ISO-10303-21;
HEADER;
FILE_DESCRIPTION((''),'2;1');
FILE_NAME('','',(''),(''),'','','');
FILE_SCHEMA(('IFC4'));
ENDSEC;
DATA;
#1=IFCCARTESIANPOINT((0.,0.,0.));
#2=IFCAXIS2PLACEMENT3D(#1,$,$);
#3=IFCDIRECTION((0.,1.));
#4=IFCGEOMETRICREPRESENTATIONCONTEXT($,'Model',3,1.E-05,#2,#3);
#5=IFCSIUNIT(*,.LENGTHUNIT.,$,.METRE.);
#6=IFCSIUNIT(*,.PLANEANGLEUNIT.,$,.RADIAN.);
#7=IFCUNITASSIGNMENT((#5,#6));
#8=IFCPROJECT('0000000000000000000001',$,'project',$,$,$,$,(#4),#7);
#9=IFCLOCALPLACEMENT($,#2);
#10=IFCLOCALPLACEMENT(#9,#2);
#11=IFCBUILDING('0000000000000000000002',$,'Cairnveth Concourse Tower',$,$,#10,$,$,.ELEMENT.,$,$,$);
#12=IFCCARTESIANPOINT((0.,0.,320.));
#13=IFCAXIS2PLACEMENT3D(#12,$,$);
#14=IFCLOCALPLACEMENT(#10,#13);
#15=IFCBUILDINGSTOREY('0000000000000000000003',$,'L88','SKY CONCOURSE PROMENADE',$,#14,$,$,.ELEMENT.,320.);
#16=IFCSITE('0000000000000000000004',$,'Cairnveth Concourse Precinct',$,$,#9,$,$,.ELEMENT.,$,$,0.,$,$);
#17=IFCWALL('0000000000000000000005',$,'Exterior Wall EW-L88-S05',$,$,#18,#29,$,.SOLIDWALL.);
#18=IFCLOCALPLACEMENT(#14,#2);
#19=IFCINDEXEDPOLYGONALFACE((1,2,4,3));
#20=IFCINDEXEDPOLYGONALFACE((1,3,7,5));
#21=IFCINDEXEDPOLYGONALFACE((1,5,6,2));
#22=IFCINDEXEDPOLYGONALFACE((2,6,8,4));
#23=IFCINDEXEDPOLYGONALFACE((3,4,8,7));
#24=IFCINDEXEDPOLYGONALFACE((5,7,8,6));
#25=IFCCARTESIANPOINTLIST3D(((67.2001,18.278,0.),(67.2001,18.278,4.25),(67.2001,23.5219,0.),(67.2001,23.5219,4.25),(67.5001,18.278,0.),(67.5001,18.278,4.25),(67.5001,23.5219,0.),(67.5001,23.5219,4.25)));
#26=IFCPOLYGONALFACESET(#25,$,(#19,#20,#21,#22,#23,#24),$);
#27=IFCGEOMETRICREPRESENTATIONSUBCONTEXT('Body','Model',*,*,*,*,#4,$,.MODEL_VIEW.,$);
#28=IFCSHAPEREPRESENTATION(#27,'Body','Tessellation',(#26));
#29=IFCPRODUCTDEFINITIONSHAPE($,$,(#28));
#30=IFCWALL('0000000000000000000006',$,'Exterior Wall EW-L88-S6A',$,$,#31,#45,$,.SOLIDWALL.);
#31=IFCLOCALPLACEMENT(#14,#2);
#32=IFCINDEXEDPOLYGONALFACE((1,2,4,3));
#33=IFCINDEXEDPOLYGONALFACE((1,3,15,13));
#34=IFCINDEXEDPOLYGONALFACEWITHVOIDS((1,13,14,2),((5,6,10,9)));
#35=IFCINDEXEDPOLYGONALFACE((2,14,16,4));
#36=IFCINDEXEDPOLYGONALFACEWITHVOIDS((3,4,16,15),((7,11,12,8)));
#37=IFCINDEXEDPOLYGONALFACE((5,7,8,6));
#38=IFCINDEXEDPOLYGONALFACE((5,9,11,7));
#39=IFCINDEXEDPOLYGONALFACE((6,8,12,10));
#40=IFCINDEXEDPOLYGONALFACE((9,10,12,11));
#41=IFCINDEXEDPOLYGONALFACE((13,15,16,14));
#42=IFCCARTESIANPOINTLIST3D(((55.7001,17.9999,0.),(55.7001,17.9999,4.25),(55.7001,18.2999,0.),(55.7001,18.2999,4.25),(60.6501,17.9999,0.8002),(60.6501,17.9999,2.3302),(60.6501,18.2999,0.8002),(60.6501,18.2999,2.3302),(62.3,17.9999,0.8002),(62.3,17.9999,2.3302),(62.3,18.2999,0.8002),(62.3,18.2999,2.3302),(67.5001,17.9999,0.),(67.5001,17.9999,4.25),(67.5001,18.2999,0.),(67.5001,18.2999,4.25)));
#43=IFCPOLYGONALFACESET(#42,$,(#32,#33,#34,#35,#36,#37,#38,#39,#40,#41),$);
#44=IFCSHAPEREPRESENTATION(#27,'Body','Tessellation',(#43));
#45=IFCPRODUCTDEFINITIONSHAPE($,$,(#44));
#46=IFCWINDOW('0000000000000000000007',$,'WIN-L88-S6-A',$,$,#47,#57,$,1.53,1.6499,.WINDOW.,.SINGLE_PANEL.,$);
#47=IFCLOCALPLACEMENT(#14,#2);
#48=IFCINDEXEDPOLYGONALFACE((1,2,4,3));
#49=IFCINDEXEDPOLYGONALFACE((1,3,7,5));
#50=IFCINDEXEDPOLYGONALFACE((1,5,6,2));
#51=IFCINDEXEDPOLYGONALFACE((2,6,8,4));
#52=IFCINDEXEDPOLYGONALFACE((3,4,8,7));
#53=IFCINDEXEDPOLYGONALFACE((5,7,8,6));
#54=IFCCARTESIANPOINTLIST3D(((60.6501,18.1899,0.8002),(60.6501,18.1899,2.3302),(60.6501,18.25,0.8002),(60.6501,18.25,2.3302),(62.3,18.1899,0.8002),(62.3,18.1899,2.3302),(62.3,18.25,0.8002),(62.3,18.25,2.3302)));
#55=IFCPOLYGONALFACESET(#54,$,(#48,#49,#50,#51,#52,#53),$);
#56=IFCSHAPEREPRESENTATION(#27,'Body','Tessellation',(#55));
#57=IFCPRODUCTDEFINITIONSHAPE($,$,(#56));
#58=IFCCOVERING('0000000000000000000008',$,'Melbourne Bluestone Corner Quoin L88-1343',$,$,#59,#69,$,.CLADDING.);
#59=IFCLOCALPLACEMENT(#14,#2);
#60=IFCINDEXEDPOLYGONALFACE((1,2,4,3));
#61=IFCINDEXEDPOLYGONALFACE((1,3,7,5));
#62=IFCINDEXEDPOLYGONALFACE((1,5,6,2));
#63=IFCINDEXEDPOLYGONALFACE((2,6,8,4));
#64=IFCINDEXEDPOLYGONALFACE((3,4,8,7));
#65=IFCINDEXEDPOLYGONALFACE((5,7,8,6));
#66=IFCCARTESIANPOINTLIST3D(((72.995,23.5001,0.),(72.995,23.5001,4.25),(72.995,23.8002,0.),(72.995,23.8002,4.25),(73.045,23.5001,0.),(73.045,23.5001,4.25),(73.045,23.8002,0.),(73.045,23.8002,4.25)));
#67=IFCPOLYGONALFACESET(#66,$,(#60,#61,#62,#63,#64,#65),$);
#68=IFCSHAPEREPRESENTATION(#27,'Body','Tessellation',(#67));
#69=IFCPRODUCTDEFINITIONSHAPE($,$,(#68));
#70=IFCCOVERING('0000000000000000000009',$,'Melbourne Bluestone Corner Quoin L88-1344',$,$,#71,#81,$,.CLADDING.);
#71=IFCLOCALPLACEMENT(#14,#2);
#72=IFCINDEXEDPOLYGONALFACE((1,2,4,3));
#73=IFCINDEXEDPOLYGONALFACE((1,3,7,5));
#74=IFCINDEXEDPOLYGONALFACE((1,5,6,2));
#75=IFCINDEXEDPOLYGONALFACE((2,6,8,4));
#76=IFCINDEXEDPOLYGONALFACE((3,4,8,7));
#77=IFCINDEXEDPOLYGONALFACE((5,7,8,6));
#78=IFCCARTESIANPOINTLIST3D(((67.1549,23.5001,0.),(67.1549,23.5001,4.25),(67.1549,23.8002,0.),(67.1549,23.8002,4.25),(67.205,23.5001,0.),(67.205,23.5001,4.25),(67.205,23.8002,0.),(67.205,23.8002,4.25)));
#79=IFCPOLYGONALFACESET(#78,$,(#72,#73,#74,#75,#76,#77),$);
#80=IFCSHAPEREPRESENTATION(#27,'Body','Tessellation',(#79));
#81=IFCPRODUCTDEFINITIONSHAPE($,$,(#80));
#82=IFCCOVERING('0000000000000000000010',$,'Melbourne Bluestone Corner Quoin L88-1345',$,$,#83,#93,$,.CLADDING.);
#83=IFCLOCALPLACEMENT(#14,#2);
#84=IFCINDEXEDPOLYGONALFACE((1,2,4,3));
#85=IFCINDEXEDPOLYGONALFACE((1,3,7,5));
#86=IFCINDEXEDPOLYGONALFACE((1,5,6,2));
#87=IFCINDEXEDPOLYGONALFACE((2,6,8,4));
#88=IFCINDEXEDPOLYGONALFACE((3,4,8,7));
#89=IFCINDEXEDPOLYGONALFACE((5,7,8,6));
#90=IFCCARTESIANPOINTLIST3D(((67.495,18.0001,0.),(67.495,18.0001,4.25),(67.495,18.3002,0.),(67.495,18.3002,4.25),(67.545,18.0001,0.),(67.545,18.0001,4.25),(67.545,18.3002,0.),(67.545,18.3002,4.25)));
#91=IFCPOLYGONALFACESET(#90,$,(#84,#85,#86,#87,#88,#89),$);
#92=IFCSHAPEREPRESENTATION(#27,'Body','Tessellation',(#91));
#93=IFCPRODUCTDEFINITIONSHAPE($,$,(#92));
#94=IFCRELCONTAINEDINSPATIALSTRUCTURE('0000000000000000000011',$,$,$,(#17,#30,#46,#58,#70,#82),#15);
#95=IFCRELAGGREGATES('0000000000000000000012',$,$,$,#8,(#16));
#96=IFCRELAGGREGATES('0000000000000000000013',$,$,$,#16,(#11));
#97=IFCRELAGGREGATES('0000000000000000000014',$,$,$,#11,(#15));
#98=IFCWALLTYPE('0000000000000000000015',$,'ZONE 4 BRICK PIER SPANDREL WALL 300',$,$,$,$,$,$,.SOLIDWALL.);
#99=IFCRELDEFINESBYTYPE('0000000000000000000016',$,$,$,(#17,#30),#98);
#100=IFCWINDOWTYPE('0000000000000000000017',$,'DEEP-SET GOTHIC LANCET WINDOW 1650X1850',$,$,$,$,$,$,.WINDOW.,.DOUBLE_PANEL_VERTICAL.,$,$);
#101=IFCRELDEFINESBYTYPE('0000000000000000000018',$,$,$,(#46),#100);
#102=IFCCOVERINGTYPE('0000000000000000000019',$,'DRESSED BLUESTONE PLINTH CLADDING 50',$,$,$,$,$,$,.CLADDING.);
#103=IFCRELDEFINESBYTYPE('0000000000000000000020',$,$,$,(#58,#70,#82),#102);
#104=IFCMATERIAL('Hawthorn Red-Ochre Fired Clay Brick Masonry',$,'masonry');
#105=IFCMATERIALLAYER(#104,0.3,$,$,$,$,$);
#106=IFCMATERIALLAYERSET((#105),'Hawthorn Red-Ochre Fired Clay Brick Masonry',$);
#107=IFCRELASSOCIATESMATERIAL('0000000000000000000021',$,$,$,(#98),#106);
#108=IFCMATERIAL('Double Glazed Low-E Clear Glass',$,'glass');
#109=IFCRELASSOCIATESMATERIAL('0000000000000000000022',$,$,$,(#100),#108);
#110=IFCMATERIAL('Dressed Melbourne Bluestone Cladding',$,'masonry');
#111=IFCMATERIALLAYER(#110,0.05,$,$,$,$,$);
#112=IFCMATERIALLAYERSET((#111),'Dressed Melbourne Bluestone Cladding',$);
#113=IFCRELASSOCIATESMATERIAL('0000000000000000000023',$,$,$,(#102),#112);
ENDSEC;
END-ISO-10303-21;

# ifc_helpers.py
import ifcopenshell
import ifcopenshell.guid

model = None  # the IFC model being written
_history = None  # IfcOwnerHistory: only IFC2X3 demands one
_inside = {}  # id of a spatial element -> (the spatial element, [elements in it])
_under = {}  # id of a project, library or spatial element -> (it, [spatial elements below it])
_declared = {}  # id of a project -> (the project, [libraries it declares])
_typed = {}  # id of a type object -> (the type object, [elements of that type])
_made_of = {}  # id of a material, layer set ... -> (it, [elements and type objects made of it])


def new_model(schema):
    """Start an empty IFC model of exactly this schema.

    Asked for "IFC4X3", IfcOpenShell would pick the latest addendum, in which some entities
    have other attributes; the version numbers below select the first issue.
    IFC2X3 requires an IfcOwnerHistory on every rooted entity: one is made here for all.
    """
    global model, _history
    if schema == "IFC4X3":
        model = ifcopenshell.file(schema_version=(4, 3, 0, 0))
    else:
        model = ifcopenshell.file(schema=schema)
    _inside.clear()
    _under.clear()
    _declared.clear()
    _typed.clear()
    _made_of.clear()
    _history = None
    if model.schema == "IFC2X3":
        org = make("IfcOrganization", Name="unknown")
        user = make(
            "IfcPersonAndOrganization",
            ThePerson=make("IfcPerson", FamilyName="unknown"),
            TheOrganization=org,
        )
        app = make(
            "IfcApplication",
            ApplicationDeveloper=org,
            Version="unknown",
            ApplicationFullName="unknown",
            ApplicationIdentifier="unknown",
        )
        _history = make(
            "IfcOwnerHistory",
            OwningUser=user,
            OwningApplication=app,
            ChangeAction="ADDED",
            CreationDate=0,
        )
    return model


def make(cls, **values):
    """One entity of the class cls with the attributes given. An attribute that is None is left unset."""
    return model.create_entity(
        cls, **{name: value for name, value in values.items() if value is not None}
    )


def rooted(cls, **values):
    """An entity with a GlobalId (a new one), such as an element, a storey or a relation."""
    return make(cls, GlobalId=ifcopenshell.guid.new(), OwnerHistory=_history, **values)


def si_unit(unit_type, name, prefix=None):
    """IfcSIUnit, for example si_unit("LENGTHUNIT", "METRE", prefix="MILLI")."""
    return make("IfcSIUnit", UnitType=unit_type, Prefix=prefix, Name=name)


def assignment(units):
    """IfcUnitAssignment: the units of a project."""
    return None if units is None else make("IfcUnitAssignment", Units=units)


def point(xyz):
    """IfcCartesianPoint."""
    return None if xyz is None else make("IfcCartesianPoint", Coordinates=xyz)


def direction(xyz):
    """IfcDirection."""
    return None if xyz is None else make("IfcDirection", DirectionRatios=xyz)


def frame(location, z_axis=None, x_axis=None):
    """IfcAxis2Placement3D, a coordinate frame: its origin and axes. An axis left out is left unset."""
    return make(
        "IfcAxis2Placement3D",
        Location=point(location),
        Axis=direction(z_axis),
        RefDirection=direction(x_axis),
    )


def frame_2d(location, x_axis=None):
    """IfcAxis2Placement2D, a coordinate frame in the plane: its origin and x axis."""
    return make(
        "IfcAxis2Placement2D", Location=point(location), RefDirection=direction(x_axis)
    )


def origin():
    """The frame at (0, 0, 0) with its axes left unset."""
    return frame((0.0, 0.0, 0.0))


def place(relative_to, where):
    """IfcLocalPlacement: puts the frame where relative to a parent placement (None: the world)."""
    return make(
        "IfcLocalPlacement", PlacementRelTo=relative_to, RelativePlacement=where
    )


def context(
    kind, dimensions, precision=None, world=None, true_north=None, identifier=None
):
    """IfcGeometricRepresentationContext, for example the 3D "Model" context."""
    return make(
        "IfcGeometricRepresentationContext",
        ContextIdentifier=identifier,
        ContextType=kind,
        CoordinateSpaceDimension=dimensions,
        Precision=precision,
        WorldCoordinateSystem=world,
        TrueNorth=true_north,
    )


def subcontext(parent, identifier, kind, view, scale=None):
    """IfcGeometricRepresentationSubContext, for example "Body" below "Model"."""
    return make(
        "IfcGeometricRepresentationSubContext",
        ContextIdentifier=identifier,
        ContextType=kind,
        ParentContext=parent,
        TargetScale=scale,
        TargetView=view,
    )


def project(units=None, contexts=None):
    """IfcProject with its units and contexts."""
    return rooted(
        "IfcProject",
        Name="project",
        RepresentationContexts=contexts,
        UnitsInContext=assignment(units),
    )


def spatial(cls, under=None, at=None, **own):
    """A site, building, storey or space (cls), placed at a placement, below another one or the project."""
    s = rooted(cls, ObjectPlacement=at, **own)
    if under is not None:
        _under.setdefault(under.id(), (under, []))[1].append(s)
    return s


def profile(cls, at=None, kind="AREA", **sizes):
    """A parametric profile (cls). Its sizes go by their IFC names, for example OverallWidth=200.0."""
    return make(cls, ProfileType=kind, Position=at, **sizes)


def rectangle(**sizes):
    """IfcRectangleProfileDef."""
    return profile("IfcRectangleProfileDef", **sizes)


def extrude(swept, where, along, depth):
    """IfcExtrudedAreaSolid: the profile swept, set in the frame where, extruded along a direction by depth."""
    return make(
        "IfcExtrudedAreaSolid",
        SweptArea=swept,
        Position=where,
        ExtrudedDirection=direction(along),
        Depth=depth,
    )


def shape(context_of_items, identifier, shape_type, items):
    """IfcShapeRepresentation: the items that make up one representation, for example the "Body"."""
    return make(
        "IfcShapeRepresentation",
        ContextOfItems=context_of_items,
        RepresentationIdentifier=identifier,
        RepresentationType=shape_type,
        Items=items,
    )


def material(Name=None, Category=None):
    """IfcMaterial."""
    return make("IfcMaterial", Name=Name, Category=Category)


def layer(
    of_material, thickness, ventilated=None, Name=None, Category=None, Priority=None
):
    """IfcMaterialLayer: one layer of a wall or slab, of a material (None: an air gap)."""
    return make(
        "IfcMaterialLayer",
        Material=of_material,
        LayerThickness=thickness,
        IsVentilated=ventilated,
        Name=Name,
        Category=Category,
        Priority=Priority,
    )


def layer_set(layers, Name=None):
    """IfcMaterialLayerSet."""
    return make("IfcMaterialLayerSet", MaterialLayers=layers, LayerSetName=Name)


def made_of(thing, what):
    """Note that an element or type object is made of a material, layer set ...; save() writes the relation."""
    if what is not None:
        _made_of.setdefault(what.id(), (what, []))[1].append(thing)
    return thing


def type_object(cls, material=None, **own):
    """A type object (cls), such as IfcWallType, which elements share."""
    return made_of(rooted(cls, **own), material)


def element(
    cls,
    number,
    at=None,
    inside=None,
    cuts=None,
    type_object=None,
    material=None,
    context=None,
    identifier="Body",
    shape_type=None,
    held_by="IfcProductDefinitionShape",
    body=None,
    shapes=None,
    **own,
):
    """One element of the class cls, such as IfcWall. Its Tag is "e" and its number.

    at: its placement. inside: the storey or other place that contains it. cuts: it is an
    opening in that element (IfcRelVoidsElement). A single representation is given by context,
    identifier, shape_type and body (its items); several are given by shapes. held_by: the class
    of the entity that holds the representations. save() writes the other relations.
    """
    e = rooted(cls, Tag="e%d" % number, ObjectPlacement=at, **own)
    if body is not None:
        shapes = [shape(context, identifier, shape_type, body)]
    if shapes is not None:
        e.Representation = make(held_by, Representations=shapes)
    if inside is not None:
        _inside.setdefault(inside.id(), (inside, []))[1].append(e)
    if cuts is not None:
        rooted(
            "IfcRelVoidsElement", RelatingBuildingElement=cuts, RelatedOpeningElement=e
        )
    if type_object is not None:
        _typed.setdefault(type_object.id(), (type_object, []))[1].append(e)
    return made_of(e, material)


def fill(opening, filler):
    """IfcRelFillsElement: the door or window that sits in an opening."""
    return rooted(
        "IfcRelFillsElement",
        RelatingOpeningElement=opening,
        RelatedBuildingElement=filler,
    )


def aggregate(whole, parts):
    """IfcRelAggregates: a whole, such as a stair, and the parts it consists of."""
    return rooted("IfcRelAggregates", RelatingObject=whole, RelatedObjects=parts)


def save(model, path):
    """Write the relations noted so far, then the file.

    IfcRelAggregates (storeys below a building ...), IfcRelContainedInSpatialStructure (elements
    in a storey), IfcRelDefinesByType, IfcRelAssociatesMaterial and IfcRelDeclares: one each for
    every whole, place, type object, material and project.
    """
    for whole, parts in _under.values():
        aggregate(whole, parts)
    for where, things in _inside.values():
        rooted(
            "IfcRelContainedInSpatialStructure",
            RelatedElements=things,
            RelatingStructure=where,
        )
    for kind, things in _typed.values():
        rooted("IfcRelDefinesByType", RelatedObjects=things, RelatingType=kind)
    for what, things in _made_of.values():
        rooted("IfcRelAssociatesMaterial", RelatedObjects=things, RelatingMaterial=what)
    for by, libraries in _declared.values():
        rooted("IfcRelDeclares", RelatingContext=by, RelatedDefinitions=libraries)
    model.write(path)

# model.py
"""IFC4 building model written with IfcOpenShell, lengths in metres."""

from ifc_helpers import new_model, si_unit, direction, frame, frame_2d, origin, place, context, subcontext, project, spatial, rectangle, extrude, material, layer, layer_set, type_object, element, fill, save


model = new_model("IFC4")

# Units and contexts
model_context = context("Model", 3, precision=1e-05, world=origin(), true_north=direction((0.0, 1.0)))
body_context = subcontext(model_context, "Body", "Model", "MODEL_VIEW")
ifc_project = project(units=[si_unit("LENGTHUNIT", "METRE"), si_unit("PLANEANGLEUNIT", "RADIAN")], contexts=[model_context])

# Site, building, storey
site_placement = place(None, origin())
site = spatial("IfcSite", under=ifc_project, at=site_placement, Name="Cairnveth Concourse Precinct", CompositionType="ELEMENT", RefElevation=0.0)
building_placement = place(site_placement, origin())
building = spatial("IfcBuilding", under=site, at=building_placement, Name="Cairnveth Concourse Tower", CompositionType="ELEMENT")
storey_placement = place(building_placement, frame((0.0, 0.0, 320.0)))
storey = spatial("IfcBuildingStorey", under=building, at=storey_placement, Name="L88", Description="SKY CONCOURSE PROMENADE", CompositionType="ELEMENT", Elevation=320.0)

# Wall
ifc_material_1 = material(Name="Hawthorn Red-Ochre Fired Clay Brick Masonry", Category="masonry")
ifc_layer_1 = layer(ifc_material_1, 0.3)
ifc_layer_set_1 = layer_set([ifc_layer_1], Name="Hawthorn Red-Ochre Fired Clay Brick Masonry")
wall_type = type_object("IfcWallType", Name="ZONE 4 BRICK PIER SPANDREL WALL 300", PredefinedType="SOLIDWALL", material=ifc_layer_set_1)
wall_1_placement = place(storey_placement, frame((67.3501, 23.522, 0.0), z_axis=(0.0, 0.0, 1.0), x_axis=(0.0, -1.0, 0.0)))
element("IfcWall", 1, at=wall_1_placement, inside=storey, type_object=wall_type, Name="Exterior Wall EW-L88-S05", PredefinedType="SOLIDWALL", context=body_context, shape_type="SweptSolid", body=[
    extrude(rectangle(XDim=5.2439, YDim=0.3, at=frame_2d((2.6221, 0.0))), origin(), (0.0, 0.0, 1.0), 4.25),
])

# Wall, opening, window
wall_2_placement = place(storey_placement, frame((67.5, 18.1499, 0.0), z_axis=(0.0, 0.0, 1.0), x_axis=(-1.0, 0.0, 0.0)))
wall_2 = element("IfcWall", 2, at=wall_2_placement, inside=storey, type_object=wall_type, Name="Exterior Wall EW-L88-S6A", PredefinedType="SOLIDWALL", context=body_context, shape_type="SweptSolid", body=[
    extrude(rectangle(XDim=11.8, YDim=0.3, at=frame_2d((5.8999, 0.0))), origin(), (0.0, 0.0, 1.0), 4.25),
])
opening_placement = place(wall_2_placement, frame((5.2, 0.0, 0.8)))
opening = element("IfcOpeningElement", 3, at=opening_placement, cuts=wall_2, PredefinedType="OPENING", context=body_context, shape_type="SweptSolid", body=[
    extrude(rectangle(XDim=1.6499, YDim=1.53, at=frame_2d((0.825, 0.7651))), frame((0.0, 0.1599, 0.0), z_axis=(0.0, -1.0, 0.0), x_axis=(1.0, 0.0, 0.0)), (0.0, 0.0, 1.0), 0.3201),
])
ifc_material_2 = material(Name="Double Glazed Low-E Clear Glass", Category="glass")
window_type = type_object("IfcWindowType", Name="DEEP-SET GOTHIC LANCET WINDOW 1650X1850", PartitioningType="DOUBLE_PANEL_VERTICAL", PredefinedType="WINDOW", material=ifc_material_2)
window_placement = place(opening_placement, origin())
window = element("IfcWindow", 4, at=window_placement, inside=storey, type_object=window_type, Name="WIN-L88-S6-A", OverallHeight=1.53, OverallWidth=1.6499, PartitioningType="SINGLE_PANEL", PredefinedType="WINDOW", context=body_context, shape_type="SweptSolid", body=[
    extrude(rectangle(XDim=1.6499, YDim=1.53, at=frame_2d((0.825, 0.7651))), frame((0.0, -0.04, 0.0), z_axis=(0.0, -1.0, 0.0), x_axis=(1.0, 0.0, 0.0)), (0.0, 0.0, 1.0), 0.0601),
])
fill(opening, window)

# Coverings
ifc_material_3 = material(Name="Dressed Melbourne Bluestone Cladding", Category="masonry")
ifc_layer_2 = layer(ifc_material_3, 0.05)
ifc_layer_set_2 = layer_set([ifc_layer_2], Name="Dressed Melbourne Bluestone Cladding")
covering_type = type_object("IfcCoveringType", Name="DRESSED BLUESTONE PLINTH CLADDING 50", PredefinedType="CLADDING", material=ifc_layer_set_2)
for number, where, z_axis, x_axis, name in (
    (5, (73.02, 23.8, 0.0), (0.0, 0.0, 1.0), (0.0, -1.0, 0.0), "Melbourne Bluestone Corner Quoin L88-1343"),
    (6, (67.1799, 23.8, 0.0), (0.0, 0.0, 1.0), (0.0, -1.0, 0.0), "Melbourne Bluestone Corner Quoin L88-1344"),
    (7, (67.52, 18.3, 0.0), (0.0, 0.0, 1.0), (0.0, -1.0, 0.0), "Melbourne Bluestone Corner Quoin L88-1345"),
):
    element("IfcCovering", number, at=place(storey_placement, frame(where, z_axis=z_axis, x_axis=x_axis)), inside=storey, type_object=covering_type, Name=name, PredefinedType="CLADDING", context=body_context, shape_type="SweptSolid", body=[
        extrude(rectangle(XDim=0.3, YDim=0.05, at=frame_2d((0.1499, 0.0))), origin(), (0.0, 0.0, 1.0), 4.25),
    ])

save(model, "model.ifc")
